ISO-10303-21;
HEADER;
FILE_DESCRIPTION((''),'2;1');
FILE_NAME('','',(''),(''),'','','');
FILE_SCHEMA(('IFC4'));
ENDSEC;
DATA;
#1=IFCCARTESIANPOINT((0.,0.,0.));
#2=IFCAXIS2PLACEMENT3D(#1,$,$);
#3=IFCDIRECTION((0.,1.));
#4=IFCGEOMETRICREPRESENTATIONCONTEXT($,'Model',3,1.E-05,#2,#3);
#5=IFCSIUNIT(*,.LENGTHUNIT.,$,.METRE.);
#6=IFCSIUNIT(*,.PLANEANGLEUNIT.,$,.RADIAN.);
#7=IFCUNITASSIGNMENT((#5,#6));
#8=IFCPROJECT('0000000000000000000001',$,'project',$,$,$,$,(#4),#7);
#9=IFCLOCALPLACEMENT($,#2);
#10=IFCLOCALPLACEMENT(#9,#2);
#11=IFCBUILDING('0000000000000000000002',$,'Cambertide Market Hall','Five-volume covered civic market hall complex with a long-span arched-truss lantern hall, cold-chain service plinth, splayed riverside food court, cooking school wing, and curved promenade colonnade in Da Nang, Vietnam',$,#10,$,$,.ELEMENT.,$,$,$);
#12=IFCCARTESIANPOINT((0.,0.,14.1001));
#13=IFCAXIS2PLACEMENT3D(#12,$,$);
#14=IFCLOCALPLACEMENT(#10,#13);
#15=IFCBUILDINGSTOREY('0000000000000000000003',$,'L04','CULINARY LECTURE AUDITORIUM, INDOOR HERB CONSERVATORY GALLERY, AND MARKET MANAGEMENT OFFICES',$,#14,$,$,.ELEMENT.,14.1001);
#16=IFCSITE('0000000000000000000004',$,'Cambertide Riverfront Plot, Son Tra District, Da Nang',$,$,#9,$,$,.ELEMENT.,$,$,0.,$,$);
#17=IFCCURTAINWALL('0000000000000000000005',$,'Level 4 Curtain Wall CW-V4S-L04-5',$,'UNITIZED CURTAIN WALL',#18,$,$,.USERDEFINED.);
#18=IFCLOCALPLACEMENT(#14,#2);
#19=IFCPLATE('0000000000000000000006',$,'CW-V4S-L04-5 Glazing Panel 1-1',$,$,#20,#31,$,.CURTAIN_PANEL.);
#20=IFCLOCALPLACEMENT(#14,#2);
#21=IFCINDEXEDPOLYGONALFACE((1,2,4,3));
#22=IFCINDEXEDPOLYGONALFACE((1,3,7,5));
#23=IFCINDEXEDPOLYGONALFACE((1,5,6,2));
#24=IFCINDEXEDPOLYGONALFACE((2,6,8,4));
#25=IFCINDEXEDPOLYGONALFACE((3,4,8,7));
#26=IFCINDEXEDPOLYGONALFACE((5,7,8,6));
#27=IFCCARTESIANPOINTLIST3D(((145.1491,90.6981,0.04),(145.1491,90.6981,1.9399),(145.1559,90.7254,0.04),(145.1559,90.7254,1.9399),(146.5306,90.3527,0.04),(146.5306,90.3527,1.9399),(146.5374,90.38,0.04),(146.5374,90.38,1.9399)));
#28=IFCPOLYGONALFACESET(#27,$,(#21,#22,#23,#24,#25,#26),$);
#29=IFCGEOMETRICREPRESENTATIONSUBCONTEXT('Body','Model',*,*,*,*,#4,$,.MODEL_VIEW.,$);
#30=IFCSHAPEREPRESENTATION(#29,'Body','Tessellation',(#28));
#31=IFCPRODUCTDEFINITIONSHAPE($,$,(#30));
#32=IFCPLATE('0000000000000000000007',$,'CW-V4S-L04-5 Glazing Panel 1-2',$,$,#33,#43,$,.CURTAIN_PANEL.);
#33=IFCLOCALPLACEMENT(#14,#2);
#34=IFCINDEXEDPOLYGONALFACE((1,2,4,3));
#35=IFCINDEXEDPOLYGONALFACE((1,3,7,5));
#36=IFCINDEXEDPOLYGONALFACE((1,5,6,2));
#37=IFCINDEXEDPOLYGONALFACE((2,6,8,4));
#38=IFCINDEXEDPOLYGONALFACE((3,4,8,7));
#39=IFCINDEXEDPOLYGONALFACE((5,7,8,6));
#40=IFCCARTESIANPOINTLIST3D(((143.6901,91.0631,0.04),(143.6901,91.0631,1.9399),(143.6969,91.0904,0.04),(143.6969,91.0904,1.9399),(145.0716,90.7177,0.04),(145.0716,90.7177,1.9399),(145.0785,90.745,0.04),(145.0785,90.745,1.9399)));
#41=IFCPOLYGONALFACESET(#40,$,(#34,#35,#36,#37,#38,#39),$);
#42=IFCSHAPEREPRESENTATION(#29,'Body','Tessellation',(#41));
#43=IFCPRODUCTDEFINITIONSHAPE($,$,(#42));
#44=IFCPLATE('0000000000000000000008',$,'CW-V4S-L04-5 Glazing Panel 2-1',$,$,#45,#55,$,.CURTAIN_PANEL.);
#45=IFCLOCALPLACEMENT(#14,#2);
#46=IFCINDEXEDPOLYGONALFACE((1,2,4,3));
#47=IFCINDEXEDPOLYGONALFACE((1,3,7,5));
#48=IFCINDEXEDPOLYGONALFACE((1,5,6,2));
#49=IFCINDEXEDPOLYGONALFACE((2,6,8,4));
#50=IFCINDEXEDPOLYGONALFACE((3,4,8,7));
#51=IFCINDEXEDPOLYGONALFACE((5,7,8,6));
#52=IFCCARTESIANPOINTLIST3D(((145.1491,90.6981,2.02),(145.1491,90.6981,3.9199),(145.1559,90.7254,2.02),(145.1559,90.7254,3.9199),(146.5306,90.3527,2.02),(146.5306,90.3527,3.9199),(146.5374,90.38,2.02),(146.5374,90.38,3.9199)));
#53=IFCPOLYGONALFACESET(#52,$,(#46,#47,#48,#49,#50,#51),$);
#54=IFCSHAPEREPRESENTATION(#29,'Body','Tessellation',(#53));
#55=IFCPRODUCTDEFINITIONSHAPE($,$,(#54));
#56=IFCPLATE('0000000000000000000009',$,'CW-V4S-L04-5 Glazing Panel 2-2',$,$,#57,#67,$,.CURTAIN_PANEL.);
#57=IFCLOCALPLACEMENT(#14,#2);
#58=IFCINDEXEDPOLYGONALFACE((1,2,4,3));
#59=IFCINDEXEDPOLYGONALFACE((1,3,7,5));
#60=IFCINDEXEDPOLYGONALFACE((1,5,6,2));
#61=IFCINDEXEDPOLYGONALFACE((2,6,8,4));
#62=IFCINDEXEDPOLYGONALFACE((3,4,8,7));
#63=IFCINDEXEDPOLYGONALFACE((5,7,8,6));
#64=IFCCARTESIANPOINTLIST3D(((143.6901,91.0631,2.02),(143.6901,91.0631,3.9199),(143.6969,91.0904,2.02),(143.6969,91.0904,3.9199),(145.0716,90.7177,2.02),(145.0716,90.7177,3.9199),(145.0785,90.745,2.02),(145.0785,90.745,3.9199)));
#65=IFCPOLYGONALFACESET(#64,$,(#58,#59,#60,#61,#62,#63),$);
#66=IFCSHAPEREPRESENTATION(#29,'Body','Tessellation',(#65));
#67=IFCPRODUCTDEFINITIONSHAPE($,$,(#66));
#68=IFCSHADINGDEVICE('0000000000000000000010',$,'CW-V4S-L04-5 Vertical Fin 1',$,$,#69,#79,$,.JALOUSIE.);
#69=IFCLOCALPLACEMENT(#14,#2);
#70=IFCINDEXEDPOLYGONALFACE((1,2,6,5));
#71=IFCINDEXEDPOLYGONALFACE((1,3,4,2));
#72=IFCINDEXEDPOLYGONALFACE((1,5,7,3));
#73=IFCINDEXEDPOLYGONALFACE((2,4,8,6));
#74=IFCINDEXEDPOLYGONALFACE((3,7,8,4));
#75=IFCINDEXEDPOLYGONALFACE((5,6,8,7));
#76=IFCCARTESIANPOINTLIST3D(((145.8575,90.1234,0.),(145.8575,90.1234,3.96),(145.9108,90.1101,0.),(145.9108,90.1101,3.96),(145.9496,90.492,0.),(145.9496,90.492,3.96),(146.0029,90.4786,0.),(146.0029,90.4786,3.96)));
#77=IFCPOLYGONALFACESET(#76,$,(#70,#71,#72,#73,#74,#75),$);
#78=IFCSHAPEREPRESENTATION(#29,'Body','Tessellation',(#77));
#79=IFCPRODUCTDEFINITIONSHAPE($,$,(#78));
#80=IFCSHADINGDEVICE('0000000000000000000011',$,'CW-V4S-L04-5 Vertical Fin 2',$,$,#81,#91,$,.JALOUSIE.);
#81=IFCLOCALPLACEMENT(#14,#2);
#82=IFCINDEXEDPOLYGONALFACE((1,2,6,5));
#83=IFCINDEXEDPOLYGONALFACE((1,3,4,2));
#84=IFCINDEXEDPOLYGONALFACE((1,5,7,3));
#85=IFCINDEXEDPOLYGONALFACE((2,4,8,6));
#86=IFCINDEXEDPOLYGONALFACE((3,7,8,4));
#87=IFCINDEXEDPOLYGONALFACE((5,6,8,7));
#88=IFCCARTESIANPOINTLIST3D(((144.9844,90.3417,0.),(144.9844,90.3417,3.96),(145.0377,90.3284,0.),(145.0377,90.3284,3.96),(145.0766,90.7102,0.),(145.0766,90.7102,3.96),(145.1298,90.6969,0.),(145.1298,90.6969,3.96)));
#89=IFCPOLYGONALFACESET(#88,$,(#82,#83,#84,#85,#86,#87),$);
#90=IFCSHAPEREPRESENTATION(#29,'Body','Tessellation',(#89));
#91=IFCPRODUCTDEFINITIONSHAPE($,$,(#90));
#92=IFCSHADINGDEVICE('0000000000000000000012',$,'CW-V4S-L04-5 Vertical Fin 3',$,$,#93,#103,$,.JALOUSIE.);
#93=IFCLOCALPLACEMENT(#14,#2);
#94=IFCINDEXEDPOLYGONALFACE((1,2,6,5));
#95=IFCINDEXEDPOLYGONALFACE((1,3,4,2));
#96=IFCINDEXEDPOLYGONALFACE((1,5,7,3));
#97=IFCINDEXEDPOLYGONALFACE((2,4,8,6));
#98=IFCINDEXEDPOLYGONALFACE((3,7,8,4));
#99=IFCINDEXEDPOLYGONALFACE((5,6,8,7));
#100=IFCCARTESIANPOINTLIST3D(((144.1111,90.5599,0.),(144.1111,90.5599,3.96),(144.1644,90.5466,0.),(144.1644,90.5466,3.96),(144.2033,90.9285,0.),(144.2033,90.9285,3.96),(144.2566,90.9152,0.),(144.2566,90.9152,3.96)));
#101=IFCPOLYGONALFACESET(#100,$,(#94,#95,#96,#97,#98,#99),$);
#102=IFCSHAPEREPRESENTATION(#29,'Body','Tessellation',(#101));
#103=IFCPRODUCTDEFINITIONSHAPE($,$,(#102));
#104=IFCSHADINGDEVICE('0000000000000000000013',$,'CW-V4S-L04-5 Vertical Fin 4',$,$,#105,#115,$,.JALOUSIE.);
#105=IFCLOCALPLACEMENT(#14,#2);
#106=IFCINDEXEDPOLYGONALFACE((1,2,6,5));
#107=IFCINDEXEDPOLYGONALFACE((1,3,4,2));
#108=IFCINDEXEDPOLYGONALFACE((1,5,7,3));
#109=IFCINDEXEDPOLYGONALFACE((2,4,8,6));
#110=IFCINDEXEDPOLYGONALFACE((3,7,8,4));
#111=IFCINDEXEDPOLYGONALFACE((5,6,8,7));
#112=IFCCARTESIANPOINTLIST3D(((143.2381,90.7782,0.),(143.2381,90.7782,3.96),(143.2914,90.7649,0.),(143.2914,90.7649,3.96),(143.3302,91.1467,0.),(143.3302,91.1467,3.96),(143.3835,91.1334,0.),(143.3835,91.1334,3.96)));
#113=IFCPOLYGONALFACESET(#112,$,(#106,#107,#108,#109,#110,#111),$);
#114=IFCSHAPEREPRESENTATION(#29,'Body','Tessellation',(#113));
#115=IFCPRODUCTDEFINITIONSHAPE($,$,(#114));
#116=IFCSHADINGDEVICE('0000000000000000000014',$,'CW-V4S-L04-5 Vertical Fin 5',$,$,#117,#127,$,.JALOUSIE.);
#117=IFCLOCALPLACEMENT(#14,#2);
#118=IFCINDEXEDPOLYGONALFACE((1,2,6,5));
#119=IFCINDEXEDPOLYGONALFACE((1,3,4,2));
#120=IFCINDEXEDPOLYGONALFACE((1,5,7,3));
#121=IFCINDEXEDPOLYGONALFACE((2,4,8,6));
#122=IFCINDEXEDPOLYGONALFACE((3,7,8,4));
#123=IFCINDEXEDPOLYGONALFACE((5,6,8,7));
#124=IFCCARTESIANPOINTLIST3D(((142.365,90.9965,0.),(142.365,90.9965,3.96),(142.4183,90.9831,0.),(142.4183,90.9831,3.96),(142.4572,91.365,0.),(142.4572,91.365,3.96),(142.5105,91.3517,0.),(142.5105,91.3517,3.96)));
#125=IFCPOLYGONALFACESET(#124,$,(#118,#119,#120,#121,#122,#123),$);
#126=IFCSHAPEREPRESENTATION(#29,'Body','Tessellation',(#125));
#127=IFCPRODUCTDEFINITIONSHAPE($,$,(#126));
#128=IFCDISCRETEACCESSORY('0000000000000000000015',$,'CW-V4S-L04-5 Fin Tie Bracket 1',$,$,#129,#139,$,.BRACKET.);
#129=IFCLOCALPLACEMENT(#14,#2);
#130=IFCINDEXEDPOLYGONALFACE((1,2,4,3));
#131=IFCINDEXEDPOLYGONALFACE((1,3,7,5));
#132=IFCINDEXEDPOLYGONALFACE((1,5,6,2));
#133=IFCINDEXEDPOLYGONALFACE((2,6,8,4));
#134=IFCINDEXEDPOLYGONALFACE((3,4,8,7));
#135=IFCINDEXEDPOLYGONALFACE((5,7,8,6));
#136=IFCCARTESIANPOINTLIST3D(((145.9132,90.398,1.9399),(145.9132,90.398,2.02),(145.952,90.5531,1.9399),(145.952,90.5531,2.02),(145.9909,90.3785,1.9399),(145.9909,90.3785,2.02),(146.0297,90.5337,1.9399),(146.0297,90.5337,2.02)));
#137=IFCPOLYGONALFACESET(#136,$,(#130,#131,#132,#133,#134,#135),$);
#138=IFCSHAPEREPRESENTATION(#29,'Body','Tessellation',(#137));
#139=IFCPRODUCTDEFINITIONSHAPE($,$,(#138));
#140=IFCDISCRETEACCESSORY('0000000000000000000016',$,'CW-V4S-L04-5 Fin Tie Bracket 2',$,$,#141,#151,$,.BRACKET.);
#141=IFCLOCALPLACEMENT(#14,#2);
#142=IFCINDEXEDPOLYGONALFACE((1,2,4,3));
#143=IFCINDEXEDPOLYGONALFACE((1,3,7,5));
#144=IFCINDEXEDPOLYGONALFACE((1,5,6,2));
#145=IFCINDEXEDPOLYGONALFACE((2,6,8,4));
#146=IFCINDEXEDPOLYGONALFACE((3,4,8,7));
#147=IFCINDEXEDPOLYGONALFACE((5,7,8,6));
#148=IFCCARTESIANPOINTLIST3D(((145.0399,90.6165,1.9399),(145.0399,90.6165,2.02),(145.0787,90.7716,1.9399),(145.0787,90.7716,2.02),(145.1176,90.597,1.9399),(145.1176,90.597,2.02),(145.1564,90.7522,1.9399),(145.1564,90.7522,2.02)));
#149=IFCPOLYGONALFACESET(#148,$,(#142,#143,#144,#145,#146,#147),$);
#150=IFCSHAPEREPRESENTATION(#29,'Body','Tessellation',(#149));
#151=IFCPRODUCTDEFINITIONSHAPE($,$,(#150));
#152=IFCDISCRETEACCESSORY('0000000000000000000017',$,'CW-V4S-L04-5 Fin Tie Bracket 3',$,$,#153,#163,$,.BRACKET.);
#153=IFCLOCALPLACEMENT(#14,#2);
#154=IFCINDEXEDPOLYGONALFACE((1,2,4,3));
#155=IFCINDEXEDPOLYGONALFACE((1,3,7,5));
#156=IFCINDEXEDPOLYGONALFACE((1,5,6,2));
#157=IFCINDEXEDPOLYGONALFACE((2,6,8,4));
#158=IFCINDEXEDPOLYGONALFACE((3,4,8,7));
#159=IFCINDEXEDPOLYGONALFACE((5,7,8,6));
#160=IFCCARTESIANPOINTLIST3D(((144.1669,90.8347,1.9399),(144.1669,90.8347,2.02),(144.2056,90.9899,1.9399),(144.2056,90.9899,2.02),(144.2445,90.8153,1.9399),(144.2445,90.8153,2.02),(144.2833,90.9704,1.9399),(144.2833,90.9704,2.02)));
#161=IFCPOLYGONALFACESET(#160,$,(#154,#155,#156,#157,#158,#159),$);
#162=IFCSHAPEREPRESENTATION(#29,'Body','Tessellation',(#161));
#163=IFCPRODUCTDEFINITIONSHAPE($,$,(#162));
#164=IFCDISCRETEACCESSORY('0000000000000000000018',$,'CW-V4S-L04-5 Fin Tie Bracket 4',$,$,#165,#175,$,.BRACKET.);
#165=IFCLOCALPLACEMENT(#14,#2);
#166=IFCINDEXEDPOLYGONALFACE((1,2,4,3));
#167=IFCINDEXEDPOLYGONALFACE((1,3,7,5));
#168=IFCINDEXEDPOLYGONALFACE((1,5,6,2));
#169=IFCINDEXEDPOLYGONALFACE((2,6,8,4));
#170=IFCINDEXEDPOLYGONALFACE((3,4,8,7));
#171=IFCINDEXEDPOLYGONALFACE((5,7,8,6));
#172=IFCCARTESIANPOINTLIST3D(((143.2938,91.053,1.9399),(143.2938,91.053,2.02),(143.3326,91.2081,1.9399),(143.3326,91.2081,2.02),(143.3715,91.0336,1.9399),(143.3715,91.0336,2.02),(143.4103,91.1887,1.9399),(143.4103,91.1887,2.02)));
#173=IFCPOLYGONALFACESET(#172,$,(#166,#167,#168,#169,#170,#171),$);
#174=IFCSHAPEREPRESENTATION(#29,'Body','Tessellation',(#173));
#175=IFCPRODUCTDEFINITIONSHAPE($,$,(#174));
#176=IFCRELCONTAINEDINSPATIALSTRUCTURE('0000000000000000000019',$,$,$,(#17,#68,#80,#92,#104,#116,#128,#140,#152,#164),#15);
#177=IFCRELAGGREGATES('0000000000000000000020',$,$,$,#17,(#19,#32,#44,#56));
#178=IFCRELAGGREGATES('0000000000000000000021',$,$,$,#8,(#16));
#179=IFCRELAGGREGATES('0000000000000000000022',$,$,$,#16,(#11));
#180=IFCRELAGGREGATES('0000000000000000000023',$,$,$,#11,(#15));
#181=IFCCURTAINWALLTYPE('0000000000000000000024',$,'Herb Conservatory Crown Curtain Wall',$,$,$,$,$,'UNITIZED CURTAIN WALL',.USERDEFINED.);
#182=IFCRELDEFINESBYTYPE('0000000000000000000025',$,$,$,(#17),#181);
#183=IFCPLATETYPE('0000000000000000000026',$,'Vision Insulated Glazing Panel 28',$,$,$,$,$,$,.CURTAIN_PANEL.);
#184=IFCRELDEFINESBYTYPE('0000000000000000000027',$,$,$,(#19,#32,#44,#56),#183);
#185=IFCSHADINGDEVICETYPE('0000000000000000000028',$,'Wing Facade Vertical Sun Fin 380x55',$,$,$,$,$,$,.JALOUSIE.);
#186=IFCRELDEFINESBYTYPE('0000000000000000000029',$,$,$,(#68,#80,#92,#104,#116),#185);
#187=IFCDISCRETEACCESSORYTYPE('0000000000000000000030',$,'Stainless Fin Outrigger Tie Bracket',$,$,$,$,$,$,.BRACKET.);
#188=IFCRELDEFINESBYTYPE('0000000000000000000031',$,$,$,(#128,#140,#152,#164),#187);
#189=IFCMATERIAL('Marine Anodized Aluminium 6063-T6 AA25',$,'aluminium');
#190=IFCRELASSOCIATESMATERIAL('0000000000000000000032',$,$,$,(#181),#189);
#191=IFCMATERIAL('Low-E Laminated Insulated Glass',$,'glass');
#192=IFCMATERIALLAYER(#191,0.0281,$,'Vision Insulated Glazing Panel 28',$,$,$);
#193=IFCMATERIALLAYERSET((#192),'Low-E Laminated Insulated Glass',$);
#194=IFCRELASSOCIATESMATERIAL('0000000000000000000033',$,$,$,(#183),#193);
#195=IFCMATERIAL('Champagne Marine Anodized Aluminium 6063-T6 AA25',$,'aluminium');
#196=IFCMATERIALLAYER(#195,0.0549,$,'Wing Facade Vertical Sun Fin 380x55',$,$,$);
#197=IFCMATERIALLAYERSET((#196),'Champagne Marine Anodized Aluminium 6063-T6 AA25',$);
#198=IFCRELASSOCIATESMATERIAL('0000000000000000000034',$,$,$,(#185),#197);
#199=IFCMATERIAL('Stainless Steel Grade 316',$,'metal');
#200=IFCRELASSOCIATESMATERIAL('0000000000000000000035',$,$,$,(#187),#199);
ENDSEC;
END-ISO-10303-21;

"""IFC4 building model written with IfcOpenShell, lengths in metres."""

from ifc_helpers import new_model, si_unit, direction, frame, origin, origin_2d, place, context, subcontext, project, spatial, rectangle, extrude, material, layer, layer_set, type_object, element, aggregate, save


model = new_model("IFC4")

# Units and contexts
model_context = context("Model", 3, precision=1e-05, world=origin(), true_north=direction((0.0, 1.0)))
body_context = subcontext(model_context, "Body", "Model", "MODEL_VIEW")
ifc_project = project(units=[si_unit("LENGTHUNIT", "METRE"), si_unit("PLANEANGLEUNIT", "RADIAN")], contexts=[model_context])

# Site, building, storey
site_placement = place(None, origin())
site = spatial("IfcSite", under=ifc_project, at=site_placement, Name="Cambertide Riverfront Plot, Son Tra District, Da Nang", CompositionType="ELEMENT", RefElevation=0.0)
building_placement = place(site_placement, origin())
building = spatial("IfcBuilding", under=site, at=building_placement, Name="Cambertide Market Hall", Description="Five-volume covered civic market hall complex with a long-span arched-truss lantern hall, cold-chain service plinth, splayed riverside food court, cooking school wing, and curved promenade colonnade in Da Nang, Vietnam", CompositionType="ELEMENT")
storey_placement = place(building_placement, frame((0.0, 0.0, 14.1001)))
storey = spatial("IfcBuildingStorey", under=building, at=storey_placement, Name="L04", Description="CULINARY LECTURE AUDITORIUM, INDOOR HERB CONSERVATORY GALLERY, AND MARKET MANAGEMENT OFFICES", CompositionType="ELEMENT", Elevation=14.1001)

# Curtain wall
ifc_material_1 = material(Name="Marine Anodized Aluminium 6063-T6 AA25", Category="aluminium")
curtain_wall_type = type_object("IfcCurtainWallType", Name="Herb Conservatory Crown Curtain Wall", ElementType="UNITIZED CURTAIN WALL", PredefinedType="USERDEFINED", material=ifc_material_1)
curtain_wall_placement = place(storey_placement, origin())
curtain_wall = element("IfcCurtainWall", 1, at=curtain_wall_placement, inside=storey, type_object=curtain_wall_type, Name="Level 4 Curtain Wall CW-V4S-L04-5", ObjectType="UNITIZED CURTAIN WALL", PredefinedType="USERDEFINED")

# Plates
ifc_material_2 = material(Name="Low-E Laminated Insulated Glass", Category="glass")
ifc_layer_1 = layer(ifc_material_2, 0.0281, Name="Vision Insulated Glazing Panel 28")
ifc_layer_set_1 = layer_set([ifc_layer_1], Name="Low-E Laminated Insulated Glass")
plate_type = type_object("IfcPlateType", Name="Vision Insulated Glazing Panel 28", PredefinedType="CURTAIN_PANEL", material=ifc_layer_set_1)
plate_1_placement = place(storey_placement, frame((145.8433, 90.5391, 0.04), z_axis=(0.0, 0.0, 1.0), x_axis=(-0.970143, 0.242535, 0.0)))
plate_1 = element("IfcPlate", 2, at=plate_1_placement, type_object=plate_type, Name="CW-V4S-L04-5 Glazing Panel 1-1", PredefinedType="CURTAIN_PANEL", context=body_context, shape_type="SweptSolid", body=[
    extrude(rectangle(XDim=1.4241, YDim=0.0281, at=origin_2d()), origin(), (0.0, 0.0, 1.0), 1.8999),
])
plate_2_placement = place(storey_placement, frame((144.3843, 90.9041, 0.04), z_axis=(0.0, 0.0, 1.0), x_axis=(-0.970143, 0.242535, 0.0)))
plate_2 = element("IfcPlate", 3, at=plate_2_placement, type_object=plate_type, Name="CW-V4S-L04-5 Glazing Panel 1-2", PredefinedType="CURTAIN_PANEL", context=body_context, shape_type="SweptSolid", body=[
    extrude(rectangle(XDim=1.4241, YDim=0.0281, at=origin_2d()), origin(), (0.0, 0.0, 1.0), 1.8999),
])
plate_3_placement = place(storey_placement, frame((145.8433, 90.5391, 2.02), z_axis=(0.0, 0.0, 1.0), x_axis=(-0.970143, 0.242535, 0.0)))
plate_3 = element("IfcPlate", 4, at=plate_3_placement, type_object=plate_type, Name="CW-V4S-L04-5 Glazing Panel 2-1", PredefinedType="CURTAIN_PANEL", context=body_context, shape_type="SweptSolid", body=[
    extrude(rectangle(XDim=1.4241, YDim=0.0281, at=origin_2d()), origin(), (0.0, 0.0, 1.0), 1.8999),
])
plate_4_placement = place(storey_placement, frame((144.3843, 90.9041, 2.02), z_axis=(0.0, 0.0, 1.0), x_axis=(-0.970143, 0.242535, 0.0)))
plate_4 = element("IfcPlate", 5, at=plate_4_placement, type_object=plate_type, Name="CW-V4S-L04-5 Glazing Panel 2-2", PredefinedType="CURTAIN_PANEL", context=body_context, shape_type="SweptSolid", body=[
    extrude(rectangle(XDim=1.4241, YDim=0.0281, at=origin_2d()), origin(), (0.0, 0.0, 1.0), 1.8999),
])
aggregate(curtain_wall, [plate_1, plate_2, plate_3, plate_4])

# Shading devices
ifc_material_3 = material(Name="Champagne Marine Anodized Aluminium 6063-T6 AA25", Category="aluminium")
ifc_layer_2 = layer(ifc_material_3, 0.0549, Name="Wing Facade Vertical Sun Fin 380x55")
ifc_layer_set_2 = layer_set([ifc_layer_2], Name="Champagne Marine Anodized Aluminium 6063-T6 AA25")
shading_device_type = type_object("IfcShadingDeviceType", Name="Wing Facade Vertical Sun Fin 380x55", PredefinedType="JALOUSIE", material=ifc_layer_set_2)
for number, where, z_axis, x_axis, name in (
    (6, (145.9302, 90.301, 0.0), (0.0, 0.0, 1.0), (-0.970143, 0.242535, 0.0), "CW-V4S-L04-5 Vertical Fin 1"),
    (7, (145.0571, 90.5193, 0.0), (0.0, 0.0, 1.0), (-0.970143, 0.242535, 0.0), "CW-V4S-L04-5 Vertical Fin 2"),
    (8, (144.1838, 90.7375, 0.0), (0.0, 0.0, 1.0), (-0.970143, 0.242535, 0.0), "CW-V4S-L04-5 Vertical Fin 3"),
    (9, (143.3108, 90.9558, 0.0), (0.0, 0.0, 1.0), (-0.970143, 0.242535, 0.0), "CW-V4S-L04-5 Vertical Fin 4"),
    (10, (142.4377, 91.1741, 0.0), (0.0, 0.0, 1.0), (-0.970143, 0.242535, 0.0), "CW-V4S-L04-5 Vertical Fin 5"),
):
    element("IfcShadingDevice", number, at=place(storey_placement, frame(where, z_axis=z_axis, x_axis=x_axis)), inside=storey, type_object=shading_device_type, Name=name, PredefinedType="JALOUSIE", context=body_context, shape_type="SweptSolid", body=[
        extrude(rectangle(XDim=0.0549, YDim=0.3799, at=origin_2d()), origin(), (0.0, 0.0, 1.0), 3.96),
    ])

# Discrete accessories
ifc_material_4 = material(Name="Stainless Steel Grade 316", Category="metal")
discrete_accessory_type = type_object("IfcDiscreteAccessoryType", Name="Stainless Fin Outrigger Tie Bracket", PredefinedType="BRACKET", material=ifc_material_4)
for number, where, z_axis, x_axis, name in (
    (11, (145.9714, 90.4658, 1.9399), (0.0, 0.0, 1.0), (-0.970143, 0.242535, 0.0), "CW-V4S-L04-5 Fin Tie Bracket 1"),
    (12, (145.0981, 90.6843, 1.9399), (0.0, 0.0, 1.0), (-0.970143, 0.242535, 0.0), "CW-V4S-L04-5 Fin Tie Bracket 2"),
    (13, (144.2251, 90.9026, 1.9399), (0.0, 0.0, 1.0), (-0.970143, 0.242535, 0.0), "CW-V4S-L04-5 Fin Tie Bracket 3"),
    (14, (143.3521, 91.1208, 1.9399), (0.0, 0.0, 1.0), (-0.970143, 0.242535, 0.0), "CW-V4S-L04-5 Fin Tie Bracket 4"),
):
    element("IfcDiscreteAccessory", number, at=place(storey_placement, frame(where, z_axis=z_axis, x_axis=x_axis)), inside=storey, type_object=discrete_accessory_type, Name=name, PredefinedType="BRACKET", context=body_context, shape_type="SweptSolid", body=[
        extrude(rectangle(XDim=0.0801, YDim=0.1599, at=origin_2d()), origin(), (0.0, 0.0, 1.0), 0.0801),
    ])

save(model, "model.ifc")
